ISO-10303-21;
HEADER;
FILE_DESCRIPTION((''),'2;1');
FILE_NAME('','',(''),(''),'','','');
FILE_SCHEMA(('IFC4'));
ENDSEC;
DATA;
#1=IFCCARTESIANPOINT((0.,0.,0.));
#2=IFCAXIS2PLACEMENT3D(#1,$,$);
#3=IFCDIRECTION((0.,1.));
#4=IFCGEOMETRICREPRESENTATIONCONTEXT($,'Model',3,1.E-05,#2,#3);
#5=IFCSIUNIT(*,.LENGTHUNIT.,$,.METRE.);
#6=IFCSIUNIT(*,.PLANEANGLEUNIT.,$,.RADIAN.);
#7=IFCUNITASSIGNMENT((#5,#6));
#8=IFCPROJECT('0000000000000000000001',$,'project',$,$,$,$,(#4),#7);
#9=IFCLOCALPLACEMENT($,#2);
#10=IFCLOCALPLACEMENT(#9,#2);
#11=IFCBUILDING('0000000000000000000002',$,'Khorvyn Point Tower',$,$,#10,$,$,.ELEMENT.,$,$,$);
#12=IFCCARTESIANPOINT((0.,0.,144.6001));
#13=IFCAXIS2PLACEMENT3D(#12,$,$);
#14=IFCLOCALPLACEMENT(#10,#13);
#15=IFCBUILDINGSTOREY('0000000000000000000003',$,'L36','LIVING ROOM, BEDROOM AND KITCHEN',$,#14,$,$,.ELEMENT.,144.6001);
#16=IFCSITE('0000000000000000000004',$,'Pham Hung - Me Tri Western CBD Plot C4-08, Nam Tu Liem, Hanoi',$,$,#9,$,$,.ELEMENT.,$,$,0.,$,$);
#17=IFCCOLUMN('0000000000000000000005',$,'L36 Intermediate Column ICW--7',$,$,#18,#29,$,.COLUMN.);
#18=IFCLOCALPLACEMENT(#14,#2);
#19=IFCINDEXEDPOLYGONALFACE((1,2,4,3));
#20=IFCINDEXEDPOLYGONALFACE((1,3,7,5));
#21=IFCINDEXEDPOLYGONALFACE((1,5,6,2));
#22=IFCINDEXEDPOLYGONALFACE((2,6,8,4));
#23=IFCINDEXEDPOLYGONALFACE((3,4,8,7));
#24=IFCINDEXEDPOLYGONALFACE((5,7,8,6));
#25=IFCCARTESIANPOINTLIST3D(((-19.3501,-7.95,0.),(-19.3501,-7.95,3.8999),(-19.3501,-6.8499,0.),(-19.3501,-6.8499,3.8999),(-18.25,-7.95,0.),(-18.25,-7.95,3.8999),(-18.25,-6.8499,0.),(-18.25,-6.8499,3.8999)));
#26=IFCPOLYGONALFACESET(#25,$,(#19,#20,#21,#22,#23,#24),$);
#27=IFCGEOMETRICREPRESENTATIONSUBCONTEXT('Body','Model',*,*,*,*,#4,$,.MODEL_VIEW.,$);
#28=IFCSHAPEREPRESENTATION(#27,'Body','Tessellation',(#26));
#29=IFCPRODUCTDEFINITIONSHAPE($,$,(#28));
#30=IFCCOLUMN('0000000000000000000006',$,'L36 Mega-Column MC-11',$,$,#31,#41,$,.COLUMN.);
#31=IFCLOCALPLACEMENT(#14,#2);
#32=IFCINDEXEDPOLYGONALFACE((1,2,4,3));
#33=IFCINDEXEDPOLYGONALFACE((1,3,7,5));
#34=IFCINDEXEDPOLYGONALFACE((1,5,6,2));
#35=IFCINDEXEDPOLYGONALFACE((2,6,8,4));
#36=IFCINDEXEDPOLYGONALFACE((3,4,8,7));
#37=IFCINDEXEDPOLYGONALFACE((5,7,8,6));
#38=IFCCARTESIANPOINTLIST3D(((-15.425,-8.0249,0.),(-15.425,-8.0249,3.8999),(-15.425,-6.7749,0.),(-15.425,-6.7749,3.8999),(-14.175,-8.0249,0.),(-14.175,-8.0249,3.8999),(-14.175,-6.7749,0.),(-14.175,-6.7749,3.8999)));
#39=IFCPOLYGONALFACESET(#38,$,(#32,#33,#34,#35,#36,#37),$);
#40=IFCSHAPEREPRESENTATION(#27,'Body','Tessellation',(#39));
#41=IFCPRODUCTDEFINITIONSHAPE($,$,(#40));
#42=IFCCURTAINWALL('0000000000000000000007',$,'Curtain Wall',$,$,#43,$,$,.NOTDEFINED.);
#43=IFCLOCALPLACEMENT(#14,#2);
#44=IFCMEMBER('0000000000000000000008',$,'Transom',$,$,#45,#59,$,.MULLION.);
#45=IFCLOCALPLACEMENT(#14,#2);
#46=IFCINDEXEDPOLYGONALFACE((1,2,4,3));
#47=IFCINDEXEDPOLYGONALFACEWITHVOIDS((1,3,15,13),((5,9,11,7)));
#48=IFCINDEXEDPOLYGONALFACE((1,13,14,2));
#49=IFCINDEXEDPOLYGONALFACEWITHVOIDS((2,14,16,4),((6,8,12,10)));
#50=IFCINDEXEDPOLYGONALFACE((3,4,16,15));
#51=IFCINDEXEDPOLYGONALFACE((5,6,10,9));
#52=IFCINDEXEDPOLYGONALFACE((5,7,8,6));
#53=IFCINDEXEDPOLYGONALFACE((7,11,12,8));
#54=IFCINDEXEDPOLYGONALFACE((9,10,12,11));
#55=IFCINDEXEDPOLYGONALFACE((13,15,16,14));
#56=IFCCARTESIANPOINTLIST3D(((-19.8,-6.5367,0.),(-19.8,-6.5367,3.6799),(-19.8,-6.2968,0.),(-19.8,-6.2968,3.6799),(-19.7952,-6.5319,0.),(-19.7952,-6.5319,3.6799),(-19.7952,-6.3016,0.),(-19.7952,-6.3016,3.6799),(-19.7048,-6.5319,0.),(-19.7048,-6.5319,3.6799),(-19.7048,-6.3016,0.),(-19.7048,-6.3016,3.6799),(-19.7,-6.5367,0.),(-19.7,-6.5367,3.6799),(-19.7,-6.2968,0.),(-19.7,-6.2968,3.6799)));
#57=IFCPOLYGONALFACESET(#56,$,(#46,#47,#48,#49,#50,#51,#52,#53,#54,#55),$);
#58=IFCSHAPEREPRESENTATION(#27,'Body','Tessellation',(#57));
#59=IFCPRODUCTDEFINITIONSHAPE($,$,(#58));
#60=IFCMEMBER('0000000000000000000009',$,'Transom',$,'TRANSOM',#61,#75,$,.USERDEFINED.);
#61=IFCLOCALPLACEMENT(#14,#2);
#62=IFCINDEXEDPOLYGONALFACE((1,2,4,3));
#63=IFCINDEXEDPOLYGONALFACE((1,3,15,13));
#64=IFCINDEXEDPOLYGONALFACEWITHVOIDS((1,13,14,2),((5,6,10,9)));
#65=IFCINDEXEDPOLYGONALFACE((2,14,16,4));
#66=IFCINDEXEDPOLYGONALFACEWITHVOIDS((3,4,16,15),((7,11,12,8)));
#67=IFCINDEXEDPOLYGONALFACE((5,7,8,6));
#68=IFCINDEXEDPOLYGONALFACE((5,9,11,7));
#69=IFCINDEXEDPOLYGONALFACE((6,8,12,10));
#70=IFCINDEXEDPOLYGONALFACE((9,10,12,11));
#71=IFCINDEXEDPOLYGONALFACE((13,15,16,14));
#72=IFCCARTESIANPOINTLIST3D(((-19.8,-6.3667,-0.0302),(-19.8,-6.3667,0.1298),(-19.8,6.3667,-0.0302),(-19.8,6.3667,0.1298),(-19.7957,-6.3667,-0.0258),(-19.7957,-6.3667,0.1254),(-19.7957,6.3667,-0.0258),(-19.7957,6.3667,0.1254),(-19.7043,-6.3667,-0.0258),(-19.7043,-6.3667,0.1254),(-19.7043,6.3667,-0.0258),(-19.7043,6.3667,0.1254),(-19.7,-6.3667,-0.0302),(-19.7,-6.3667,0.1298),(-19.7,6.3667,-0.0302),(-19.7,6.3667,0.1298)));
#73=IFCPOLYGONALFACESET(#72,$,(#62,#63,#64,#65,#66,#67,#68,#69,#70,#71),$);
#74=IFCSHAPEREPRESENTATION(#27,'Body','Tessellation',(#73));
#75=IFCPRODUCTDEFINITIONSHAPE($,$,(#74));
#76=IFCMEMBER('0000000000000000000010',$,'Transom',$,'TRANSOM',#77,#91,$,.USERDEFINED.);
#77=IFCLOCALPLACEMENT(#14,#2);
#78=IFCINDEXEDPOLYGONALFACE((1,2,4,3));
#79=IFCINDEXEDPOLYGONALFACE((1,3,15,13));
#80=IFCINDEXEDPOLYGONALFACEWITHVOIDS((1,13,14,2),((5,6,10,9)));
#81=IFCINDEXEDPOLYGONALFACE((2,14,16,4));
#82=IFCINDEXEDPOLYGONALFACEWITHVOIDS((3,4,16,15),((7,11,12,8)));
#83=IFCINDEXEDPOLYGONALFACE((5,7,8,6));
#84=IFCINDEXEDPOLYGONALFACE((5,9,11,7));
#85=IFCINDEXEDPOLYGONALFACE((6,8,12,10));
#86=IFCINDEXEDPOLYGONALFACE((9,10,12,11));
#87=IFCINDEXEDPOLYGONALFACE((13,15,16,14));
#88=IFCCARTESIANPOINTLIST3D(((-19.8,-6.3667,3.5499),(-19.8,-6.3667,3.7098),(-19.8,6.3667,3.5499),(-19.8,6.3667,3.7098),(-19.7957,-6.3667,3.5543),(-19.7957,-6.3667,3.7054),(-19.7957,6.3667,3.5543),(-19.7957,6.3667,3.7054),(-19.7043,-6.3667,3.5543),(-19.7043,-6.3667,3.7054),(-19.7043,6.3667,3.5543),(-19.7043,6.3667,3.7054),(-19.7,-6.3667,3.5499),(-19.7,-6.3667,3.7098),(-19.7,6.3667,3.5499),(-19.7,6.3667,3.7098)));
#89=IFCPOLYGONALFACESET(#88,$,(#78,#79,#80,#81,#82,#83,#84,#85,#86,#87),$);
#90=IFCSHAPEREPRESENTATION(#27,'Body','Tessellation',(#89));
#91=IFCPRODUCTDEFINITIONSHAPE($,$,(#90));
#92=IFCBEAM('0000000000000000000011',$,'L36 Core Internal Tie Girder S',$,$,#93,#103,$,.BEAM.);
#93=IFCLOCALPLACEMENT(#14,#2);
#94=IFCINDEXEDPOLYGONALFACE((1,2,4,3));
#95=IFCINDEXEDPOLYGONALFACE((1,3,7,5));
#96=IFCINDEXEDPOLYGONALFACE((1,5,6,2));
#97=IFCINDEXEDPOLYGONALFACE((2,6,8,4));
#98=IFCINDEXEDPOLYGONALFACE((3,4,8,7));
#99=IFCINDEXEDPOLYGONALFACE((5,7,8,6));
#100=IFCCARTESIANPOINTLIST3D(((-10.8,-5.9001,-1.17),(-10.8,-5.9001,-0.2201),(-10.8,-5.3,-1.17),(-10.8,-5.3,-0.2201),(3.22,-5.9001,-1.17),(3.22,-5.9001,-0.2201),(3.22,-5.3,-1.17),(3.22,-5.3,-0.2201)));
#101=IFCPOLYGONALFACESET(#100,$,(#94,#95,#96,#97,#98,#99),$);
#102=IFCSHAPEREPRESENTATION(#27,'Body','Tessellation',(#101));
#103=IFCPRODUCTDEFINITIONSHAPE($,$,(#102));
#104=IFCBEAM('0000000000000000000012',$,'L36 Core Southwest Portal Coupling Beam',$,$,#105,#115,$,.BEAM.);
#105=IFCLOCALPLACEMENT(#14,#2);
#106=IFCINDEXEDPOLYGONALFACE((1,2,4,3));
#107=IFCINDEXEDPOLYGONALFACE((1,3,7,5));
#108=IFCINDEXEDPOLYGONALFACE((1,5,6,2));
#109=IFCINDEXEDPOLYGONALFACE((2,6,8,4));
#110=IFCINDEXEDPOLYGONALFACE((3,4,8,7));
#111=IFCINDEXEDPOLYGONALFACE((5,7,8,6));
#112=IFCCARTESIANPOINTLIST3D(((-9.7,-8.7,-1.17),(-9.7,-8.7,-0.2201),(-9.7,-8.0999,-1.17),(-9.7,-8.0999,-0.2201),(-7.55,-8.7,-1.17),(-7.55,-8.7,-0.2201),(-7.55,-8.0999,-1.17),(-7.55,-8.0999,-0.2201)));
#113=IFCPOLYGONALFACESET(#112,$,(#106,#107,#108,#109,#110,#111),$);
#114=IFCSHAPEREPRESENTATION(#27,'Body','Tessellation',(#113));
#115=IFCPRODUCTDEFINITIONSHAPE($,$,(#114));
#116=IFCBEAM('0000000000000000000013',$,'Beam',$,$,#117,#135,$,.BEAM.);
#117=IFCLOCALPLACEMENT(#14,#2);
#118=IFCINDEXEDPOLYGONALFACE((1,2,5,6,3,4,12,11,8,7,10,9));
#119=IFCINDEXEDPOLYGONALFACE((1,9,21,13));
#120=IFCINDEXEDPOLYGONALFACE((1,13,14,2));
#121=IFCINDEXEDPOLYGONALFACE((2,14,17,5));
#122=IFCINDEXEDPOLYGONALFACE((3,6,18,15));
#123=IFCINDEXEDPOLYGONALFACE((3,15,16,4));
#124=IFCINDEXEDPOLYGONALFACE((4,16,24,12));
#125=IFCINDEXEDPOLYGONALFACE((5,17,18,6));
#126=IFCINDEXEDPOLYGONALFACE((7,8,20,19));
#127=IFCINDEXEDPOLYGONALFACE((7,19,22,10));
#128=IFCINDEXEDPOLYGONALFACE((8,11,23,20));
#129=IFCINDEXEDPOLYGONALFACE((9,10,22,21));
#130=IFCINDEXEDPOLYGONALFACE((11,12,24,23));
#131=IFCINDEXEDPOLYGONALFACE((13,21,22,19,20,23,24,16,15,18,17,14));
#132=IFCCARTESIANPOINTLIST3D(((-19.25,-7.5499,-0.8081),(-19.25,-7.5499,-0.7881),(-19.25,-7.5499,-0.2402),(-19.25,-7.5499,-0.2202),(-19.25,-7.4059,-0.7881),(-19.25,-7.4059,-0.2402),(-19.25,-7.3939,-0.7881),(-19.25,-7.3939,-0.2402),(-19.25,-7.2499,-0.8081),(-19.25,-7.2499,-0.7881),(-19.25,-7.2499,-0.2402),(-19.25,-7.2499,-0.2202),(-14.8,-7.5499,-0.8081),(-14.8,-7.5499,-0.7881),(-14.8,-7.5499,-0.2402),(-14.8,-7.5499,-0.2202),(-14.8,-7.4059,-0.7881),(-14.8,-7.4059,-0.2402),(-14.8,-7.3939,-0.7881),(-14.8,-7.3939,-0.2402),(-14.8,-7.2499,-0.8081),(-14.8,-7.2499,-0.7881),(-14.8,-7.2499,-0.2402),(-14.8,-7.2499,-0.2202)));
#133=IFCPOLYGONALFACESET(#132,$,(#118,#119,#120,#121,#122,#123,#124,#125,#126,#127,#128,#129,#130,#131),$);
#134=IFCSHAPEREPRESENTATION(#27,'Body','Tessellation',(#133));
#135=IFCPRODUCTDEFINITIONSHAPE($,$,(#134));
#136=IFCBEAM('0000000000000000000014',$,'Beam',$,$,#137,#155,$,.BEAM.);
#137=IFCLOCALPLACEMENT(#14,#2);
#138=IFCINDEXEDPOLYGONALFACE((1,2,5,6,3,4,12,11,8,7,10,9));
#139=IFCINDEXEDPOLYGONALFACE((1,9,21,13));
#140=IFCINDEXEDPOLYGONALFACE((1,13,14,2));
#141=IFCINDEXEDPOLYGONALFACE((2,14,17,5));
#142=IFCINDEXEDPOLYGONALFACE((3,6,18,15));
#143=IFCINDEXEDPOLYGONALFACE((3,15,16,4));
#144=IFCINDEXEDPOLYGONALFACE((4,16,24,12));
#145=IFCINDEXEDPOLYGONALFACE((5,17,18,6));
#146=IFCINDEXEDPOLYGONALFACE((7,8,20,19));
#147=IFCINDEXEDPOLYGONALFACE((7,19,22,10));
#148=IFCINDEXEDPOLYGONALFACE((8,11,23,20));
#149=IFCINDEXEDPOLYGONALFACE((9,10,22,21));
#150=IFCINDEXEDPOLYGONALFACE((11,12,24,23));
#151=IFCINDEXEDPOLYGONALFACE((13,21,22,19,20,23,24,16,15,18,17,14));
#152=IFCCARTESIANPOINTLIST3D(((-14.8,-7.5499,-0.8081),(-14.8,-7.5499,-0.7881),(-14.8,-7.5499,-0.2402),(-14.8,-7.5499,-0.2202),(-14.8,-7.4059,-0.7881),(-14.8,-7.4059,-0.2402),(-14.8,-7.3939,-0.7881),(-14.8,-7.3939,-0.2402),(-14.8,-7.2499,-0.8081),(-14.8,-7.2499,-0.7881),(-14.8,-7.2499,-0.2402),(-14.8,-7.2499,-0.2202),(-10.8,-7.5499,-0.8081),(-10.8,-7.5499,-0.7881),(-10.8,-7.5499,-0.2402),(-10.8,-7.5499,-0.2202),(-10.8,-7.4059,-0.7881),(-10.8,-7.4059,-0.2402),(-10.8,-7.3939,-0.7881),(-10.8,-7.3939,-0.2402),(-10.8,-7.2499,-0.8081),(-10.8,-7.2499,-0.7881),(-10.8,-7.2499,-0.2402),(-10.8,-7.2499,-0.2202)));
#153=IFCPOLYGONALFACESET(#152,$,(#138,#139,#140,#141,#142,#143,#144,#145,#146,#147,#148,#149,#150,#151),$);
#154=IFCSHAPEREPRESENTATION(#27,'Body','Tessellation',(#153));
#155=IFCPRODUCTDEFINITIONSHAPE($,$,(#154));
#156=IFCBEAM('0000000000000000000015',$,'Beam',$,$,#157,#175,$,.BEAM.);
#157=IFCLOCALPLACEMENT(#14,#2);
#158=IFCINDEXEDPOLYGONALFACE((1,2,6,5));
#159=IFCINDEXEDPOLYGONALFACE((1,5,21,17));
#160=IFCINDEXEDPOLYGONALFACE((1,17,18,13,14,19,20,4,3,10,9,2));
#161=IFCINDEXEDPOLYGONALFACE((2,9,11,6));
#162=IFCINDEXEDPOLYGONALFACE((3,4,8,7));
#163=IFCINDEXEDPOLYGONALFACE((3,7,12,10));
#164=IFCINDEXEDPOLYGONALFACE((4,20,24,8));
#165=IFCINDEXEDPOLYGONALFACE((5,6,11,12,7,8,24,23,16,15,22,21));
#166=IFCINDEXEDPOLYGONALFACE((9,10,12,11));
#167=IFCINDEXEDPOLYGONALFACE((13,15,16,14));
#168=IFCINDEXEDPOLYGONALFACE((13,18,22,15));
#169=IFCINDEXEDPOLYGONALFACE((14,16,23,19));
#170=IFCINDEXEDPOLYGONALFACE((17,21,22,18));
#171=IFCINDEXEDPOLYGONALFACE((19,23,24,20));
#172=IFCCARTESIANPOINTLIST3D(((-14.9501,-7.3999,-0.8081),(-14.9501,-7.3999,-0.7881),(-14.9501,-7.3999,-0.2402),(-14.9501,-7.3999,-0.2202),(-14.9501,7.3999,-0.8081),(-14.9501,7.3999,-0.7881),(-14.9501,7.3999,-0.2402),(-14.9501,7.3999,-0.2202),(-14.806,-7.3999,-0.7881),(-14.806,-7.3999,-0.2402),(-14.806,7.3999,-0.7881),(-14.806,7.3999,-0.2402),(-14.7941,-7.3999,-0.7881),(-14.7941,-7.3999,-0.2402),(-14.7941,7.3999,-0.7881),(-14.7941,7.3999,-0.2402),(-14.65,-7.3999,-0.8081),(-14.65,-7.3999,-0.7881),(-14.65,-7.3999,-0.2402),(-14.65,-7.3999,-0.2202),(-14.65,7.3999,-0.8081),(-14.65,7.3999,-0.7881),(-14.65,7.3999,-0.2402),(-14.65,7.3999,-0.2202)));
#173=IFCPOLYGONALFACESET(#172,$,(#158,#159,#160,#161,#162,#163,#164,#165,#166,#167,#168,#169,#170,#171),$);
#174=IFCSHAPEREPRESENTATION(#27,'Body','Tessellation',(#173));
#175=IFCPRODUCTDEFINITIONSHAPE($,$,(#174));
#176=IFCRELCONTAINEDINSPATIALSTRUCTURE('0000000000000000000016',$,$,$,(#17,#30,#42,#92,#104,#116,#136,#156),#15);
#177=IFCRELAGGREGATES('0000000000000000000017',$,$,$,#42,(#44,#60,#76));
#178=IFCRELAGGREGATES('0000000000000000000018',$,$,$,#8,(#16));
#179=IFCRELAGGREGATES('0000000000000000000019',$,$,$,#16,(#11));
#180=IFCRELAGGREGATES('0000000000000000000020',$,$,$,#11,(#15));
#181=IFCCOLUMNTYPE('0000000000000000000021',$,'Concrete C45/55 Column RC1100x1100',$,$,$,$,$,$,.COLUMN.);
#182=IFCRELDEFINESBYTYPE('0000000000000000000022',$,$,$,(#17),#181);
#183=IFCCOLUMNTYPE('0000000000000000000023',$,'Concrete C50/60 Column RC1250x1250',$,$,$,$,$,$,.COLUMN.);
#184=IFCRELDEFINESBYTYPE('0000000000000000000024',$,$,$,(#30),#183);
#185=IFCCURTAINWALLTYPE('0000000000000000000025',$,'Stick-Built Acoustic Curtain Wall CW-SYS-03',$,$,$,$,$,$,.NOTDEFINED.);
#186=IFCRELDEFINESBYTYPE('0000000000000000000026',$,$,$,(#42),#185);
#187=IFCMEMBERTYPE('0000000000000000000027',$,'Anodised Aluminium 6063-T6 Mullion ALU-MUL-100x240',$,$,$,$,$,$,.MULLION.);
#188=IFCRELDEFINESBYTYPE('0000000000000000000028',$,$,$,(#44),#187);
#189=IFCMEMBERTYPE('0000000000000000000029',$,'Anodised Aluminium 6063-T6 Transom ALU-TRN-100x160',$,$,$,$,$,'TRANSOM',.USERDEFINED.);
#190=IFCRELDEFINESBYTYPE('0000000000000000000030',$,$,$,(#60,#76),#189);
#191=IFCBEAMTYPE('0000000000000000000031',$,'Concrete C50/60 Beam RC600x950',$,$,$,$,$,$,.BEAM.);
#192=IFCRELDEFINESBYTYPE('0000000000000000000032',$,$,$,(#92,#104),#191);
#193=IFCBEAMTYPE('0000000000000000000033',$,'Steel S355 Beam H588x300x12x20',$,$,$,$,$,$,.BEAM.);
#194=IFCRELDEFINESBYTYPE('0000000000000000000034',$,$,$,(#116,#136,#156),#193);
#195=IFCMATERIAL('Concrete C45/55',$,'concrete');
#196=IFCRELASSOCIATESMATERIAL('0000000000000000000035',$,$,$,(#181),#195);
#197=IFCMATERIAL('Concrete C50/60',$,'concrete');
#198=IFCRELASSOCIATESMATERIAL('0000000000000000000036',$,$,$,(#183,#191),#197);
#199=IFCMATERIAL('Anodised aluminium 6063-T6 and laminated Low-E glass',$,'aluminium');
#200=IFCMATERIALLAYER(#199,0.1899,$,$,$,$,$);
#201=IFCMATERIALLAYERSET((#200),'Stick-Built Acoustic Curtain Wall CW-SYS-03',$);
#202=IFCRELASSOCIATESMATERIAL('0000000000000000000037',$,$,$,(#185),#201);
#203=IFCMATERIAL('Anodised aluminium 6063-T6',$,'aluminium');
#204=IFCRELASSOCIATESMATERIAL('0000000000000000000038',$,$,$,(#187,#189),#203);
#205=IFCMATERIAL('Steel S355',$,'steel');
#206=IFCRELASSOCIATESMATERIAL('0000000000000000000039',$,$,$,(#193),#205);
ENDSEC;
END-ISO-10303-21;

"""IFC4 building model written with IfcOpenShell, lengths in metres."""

from ifc_helpers import new_model, si_unit, direction, frame, origin, origin_2d, place, context, subcontext, project, spatial, rectangle, hollow_rectangle, i_section, extrude, material, layer, layer_set, material_profile, profile_set, type_object, element, aggregate, save


model = new_model("IFC4")

# Units and contexts
model_context = context("Model", 3, precision=1e-05, world=origin(), true_north=direction((0.0, 1.0)))
body_context = subcontext(model_context, "Body", "Model", "MODEL_VIEW")
ifc_project = project(units=[si_unit("LENGTHUNIT", "METRE"), si_unit("PLANEANGLEUNIT", "RADIAN")], contexts=[model_context])

# Site, building, storey
site_placement = place(None, origin())
site = spatial("IfcSite", under=ifc_project, at=site_placement, Name="Pham Hung - Me Tri Western CBD Plot C4-08, Nam Tu Liem, Hanoi", CompositionType="ELEMENT", RefElevation=0.0)
building_placement = place(site_placement, origin())
building = spatial("IfcBuilding", under=site, at=building_placement, Name="Khorvyn Point Tower", CompositionType="ELEMENT")
storey_placement = place(building_placement, frame((0.0, 0.0, 144.6001)))
storey = spatial("IfcBuildingStorey", under=building, at=storey_placement, Name="L36", Description="LIVING ROOM, BEDROOM AND KITCHEN", CompositionType="ELEMENT", Elevation=144.6001)

# Columns
ifc_material_1 = material(Name="Concrete C45/55", Category="concrete")
ifc_material_profile_1 = material_profile(ifc_material_1, rectangle(XDim=1.1001, YDim=1.1001, at=origin_2d()))
ifc_profile_set_1 = profile_set([ifc_material_profile_1], Name="Concrete C45/55 RC1100x1100")
column_type_1 = type_object("IfcColumnType", Name="Concrete C45/55 Column RC1100x1100", PredefinedType="COLUMN", material=ifc_profile_set_1)
column_1_placement = place(storey_placement, frame((-18.8, -7.3999, 0.0), z_axis=(0.0, 0.0, 1.0), x_axis=(1.0, 0.0, 0.0)))
element("IfcColumn", 1, at=column_1_placement, inside=storey, type_object=column_type_1, Name="L36 Intermediate Column ICW--7", PredefinedType="COLUMN", context=body_context, shape_type="SweptSolid", body=[
    extrude(rectangle(XDim=1.1001, YDim=1.1001, at=origin_2d()), origin(), (0.0, 0.0, 1.0), 3.8999),
])
ifc_material_2 = material(Name="Concrete C50/60", Category="concrete")
ifc_material_profile_2 = material_profile(ifc_material_2, rectangle(XDim=1.25, YDim=1.25, at=origin_2d()))
ifc_profile_set_2 = profile_set([ifc_material_profile_2], Name="Concrete C50/60 RC1250x1250")
column_type_2 = type_object("IfcColumnType", Name="Concrete C50/60 Column RC1250x1250", PredefinedType="COLUMN", material=ifc_profile_set_2)
column_2_placement = place(storey_placement, frame((-14.8, -7.3999, 0.0), z_axis=(0.0, 0.0, 1.0), x_axis=(1.0, 0.0, 0.0)))
element("IfcColumn", 2, at=column_2_placement, inside=storey, type_object=column_type_2, Name="L36 Mega-Column MC-11", PredefinedType="COLUMN", context=body_context, shape_type="SweptSolid", body=[
    extrude(rectangle(XDim=1.25, YDim=1.25, at=origin_2d()), origin(), (0.0, 0.0, 1.0), 3.8999),
])

# Curtain wall, members
ifc_material_3 = material(Name="Anodised aluminium 6063-T6 and laminated Low-E glass", Category="aluminium")
ifc_layer_1 = layer(ifc_material_3, 0.1899)
ifc_layer_set_1 = layer_set([ifc_layer_1], Name="Stick-Built Acoustic Curtain Wall CW-SYS-03")
curtain_wall_type = type_object("IfcCurtainWallType", Name="Stick-Built Acoustic Curtain Wall CW-SYS-03", PredefinedType="NOTDEFINED", material=ifc_layer_set_1)
curtain_wall_placement = place(storey_placement, origin())
curtain_wall = element("IfcCurtainWall", 3, at=curtain_wall_placement, inside=storey, type_object=curtain_wall_type, Name="Curtain Wall", PredefinedType="NOTDEFINED")
ifc_material_4 = material(Name="Anodised aluminium 6063-T6", Category="aluminium")
ifc_material_profile_3 = material_profile(ifc_material_4, hollow_rectangle(XDim=0.1001, YDim=0.24, WallThickness=0.0049, at=origin_2d()))
ifc_profile_set_3 = profile_set([ifc_material_profile_3], Name="Anodised aluminium 6063-T6 ALU-MUL-100x240")
member_type_1 = type_object("IfcMemberType", Name="Anodised Aluminium 6063-T6 Mullion ALU-MUL-100x240", PredefinedType="MULLION", material=ifc_profile_set_3)
member_1_placement = place(storey_placement, frame((-19.75, -6.4167, 0.0), z_axis=(0.0, 0.0, 1.0), x_axis=(-1.0, 0.0, 0.0)))
member_1 = element("IfcMember", 4, at=member_1_placement, type_object=member_type_1, Name="Transom", PredefinedType="MULLION", context=body_context, shape_type="SweptSolid", body=[
    extrude(hollow_rectangle(XDim=0.1001, YDim=0.24, WallThickness=0.0049, at=origin_2d()), origin(), (0.0, 0.0, 1.0), 3.6799),
])
ifc_material_profile_4 = material_profile(ifc_material_4, hollow_rectangle(XDim=0.1001, YDim=0.1599, WallThickness=0.0044, at=origin_2d()))
ifc_profile_set_4 = profile_set([ifc_material_profile_4], Name="Anodised aluminium 6063-T6 ALU-TRN-100x160")
member_type_2 = type_object("IfcMemberType", Name="Anodised Aluminium 6063-T6 Transom ALU-TRN-100x160", ElementType="TRANSOM", PredefinedType="USERDEFINED", material=ifc_profile_set_4)
member_2_placement = place(storey_placement, frame((-19.75, -6.3667, 0.0498), z_axis=(0.0, 1.0, 0.0), x_axis=(-1.0, 0.0, 0.0)))
member_2 = element("IfcMember", 5, at=member_2_placement, type_object=member_type_2, Name="Transom", ObjectType="TRANSOM", PredefinedType="USERDEFINED", context=body_context, shape_type="SweptSolid", body=[
    extrude(hollow_rectangle(XDim=0.1001, YDim=0.1599, WallThickness=0.0044, at=origin_2d()), origin(), (0.0, 0.0, 1.0), 12.7334),
])
member_3_placement = place(storey_placement, frame((-19.75, -6.3667, 3.6299), z_axis=(0.0, 1.0, 0.0), x_axis=(-1.0, 0.0, 0.0)))
member_3 = element("IfcMember", 6, at=member_3_placement, type_object=member_type_2, Name="Transom", ObjectType="TRANSOM", PredefinedType="USERDEFINED", context=body_context, shape_type="SweptSolid", body=[
    extrude(hollow_rectangle(XDim=0.1001, YDim=0.1599, WallThickness=0.0044, at=origin_2d()), origin(), (0.0, 0.0, 1.0), 12.7334),
])

# Beams
ifc_material_profile_5 = material_profile(ifc_material_2, rectangle(XDim=0.6001, YDim=0.95, at=origin_2d()))
ifc_profile_set_5 = profile_set([ifc_material_profile_5], Name="Concrete C50/60 RC600x950")
beam_type_1 = type_object("IfcBeamType", Name="Concrete C50/60 Beam RC600x950", PredefinedType="BEAM", material=ifc_profile_set_5)
beam_1_placement = place(storey_placement, frame((-10.8, -5.6001, -0.6951), z_axis=(1.0, 0.0, 0.0), x_axis=(0.0, 1.0, 0.0)))
element("IfcBeam", 7, at=beam_1_placement, inside=storey, type_object=beam_type_1, Name="L36 Core Internal Tie Girder S", PredefinedType="BEAM", context=body_context, shape_type="SweptSolid", body=[
    extrude(rectangle(XDim=0.6001, YDim=0.95, at=origin_2d()), origin(), (0.0, 0.0, 1.0), 14.02),
])
beam_2_placement = place(storey_placement, frame((-9.7, -8.3999, -0.6951), z_axis=(1.0, 0.0, 0.0), x_axis=(0.0, 1.0, 0.0)))
element("IfcBeam", 8, at=beam_2_placement, inside=storey, type_object=beam_type_1, Name="L36 Core Southwest Portal Coupling Beam", PredefinedType="BEAM", context=body_context, shape_type="SweptSolid", body=[
    extrude(rectangle(XDim=0.6001, YDim=0.95, at=origin_2d()), origin(), (0.0, 0.0, 1.0), 2.1499),
])
ifc_material_5 = material(Name="Steel S355", Category="steel")
ifc_material_profile_6 = material_profile(ifc_material_5, i_section(OverallWidth=0.3, OverallDepth=0.5879, WebThickness=0.012, FlangeThickness=0.02, at=origin_2d()))
ifc_profile_set_6 = profile_set([ifc_material_profile_6], Name="Steel S355 H588x300x12x20")
beam_type_2 = type_object("IfcBeamType", Name="Steel S355 Beam H588x300x12x20", PredefinedType="BEAM", material=ifc_profile_set_6)
beam_3_placement = place(storey_placement, frame((-19.25, -7.3999, -0.5142), z_axis=(1.0, 0.0, 0.0), x_axis=(0.0, 1.0, 0.0)))
element("IfcBeam", 9, at=beam_3_placement, inside=storey, type_object=beam_type_2, Name="Beam", PredefinedType="BEAM", context=body_context, shape_type="SweptSolid", body=[
    extrude(i_section(OverallWidth=0.3, OverallDepth=0.5879, WebThickness=0.012, FlangeThickness=0.02, at=origin_2d()), origin(), (0.0, 0.0, 1.0), 4.45),
])
beam_4_placement = place(storey_placement, frame((-14.8, -7.3999, -0.5142), z_axis=(1.0, 0.0, 0.0), x_axis=(0.0, 1.0, 0.0)))
element("IfcBeam", 10, at=beam_4_placement, inside=storey, type_object=beam_type_2, Name="Beam", PredefinedType="BEAM", context=body_context, shape_type="SweptSolid", body=[
    extrude(i_section(OverallWidth=0.3, OverallDepth=0.5879, WebThickness=0.012, FlangeThickness=0.02, at=origin_2d()), origin(), (0.0, 0.0, 1.0), 4.0),
])
for number, where, z_axis, x_axis, name in (
    (11, (-14.8, -7.3999, -0.5142), (0.0, 1.0, 0.0), (-1.0, 0.0, 0.0), "Beam"),
):
    element("IfcBeam", number, at=place(storey_placement, frame(where, z_axis=z_axis, x_axis=x_axis)), inside=storey, type_object=beam_type_2, Name=name, PredefinedType="BEAM", context=body_context, shape_type="SweptSolid", body=[
        extrude(i_section(OverallWidth=0.3, OverallDepth=0.5879, WebThickness=0.012, FlangeThickness=0.02, at=origin_2d()), origin(), (0.0, 0.0, 1.0), 14.7998),
    ])

aggregate(curtain_wall, [member_1, member_2, member_3])

save(model, "model.ifc")
